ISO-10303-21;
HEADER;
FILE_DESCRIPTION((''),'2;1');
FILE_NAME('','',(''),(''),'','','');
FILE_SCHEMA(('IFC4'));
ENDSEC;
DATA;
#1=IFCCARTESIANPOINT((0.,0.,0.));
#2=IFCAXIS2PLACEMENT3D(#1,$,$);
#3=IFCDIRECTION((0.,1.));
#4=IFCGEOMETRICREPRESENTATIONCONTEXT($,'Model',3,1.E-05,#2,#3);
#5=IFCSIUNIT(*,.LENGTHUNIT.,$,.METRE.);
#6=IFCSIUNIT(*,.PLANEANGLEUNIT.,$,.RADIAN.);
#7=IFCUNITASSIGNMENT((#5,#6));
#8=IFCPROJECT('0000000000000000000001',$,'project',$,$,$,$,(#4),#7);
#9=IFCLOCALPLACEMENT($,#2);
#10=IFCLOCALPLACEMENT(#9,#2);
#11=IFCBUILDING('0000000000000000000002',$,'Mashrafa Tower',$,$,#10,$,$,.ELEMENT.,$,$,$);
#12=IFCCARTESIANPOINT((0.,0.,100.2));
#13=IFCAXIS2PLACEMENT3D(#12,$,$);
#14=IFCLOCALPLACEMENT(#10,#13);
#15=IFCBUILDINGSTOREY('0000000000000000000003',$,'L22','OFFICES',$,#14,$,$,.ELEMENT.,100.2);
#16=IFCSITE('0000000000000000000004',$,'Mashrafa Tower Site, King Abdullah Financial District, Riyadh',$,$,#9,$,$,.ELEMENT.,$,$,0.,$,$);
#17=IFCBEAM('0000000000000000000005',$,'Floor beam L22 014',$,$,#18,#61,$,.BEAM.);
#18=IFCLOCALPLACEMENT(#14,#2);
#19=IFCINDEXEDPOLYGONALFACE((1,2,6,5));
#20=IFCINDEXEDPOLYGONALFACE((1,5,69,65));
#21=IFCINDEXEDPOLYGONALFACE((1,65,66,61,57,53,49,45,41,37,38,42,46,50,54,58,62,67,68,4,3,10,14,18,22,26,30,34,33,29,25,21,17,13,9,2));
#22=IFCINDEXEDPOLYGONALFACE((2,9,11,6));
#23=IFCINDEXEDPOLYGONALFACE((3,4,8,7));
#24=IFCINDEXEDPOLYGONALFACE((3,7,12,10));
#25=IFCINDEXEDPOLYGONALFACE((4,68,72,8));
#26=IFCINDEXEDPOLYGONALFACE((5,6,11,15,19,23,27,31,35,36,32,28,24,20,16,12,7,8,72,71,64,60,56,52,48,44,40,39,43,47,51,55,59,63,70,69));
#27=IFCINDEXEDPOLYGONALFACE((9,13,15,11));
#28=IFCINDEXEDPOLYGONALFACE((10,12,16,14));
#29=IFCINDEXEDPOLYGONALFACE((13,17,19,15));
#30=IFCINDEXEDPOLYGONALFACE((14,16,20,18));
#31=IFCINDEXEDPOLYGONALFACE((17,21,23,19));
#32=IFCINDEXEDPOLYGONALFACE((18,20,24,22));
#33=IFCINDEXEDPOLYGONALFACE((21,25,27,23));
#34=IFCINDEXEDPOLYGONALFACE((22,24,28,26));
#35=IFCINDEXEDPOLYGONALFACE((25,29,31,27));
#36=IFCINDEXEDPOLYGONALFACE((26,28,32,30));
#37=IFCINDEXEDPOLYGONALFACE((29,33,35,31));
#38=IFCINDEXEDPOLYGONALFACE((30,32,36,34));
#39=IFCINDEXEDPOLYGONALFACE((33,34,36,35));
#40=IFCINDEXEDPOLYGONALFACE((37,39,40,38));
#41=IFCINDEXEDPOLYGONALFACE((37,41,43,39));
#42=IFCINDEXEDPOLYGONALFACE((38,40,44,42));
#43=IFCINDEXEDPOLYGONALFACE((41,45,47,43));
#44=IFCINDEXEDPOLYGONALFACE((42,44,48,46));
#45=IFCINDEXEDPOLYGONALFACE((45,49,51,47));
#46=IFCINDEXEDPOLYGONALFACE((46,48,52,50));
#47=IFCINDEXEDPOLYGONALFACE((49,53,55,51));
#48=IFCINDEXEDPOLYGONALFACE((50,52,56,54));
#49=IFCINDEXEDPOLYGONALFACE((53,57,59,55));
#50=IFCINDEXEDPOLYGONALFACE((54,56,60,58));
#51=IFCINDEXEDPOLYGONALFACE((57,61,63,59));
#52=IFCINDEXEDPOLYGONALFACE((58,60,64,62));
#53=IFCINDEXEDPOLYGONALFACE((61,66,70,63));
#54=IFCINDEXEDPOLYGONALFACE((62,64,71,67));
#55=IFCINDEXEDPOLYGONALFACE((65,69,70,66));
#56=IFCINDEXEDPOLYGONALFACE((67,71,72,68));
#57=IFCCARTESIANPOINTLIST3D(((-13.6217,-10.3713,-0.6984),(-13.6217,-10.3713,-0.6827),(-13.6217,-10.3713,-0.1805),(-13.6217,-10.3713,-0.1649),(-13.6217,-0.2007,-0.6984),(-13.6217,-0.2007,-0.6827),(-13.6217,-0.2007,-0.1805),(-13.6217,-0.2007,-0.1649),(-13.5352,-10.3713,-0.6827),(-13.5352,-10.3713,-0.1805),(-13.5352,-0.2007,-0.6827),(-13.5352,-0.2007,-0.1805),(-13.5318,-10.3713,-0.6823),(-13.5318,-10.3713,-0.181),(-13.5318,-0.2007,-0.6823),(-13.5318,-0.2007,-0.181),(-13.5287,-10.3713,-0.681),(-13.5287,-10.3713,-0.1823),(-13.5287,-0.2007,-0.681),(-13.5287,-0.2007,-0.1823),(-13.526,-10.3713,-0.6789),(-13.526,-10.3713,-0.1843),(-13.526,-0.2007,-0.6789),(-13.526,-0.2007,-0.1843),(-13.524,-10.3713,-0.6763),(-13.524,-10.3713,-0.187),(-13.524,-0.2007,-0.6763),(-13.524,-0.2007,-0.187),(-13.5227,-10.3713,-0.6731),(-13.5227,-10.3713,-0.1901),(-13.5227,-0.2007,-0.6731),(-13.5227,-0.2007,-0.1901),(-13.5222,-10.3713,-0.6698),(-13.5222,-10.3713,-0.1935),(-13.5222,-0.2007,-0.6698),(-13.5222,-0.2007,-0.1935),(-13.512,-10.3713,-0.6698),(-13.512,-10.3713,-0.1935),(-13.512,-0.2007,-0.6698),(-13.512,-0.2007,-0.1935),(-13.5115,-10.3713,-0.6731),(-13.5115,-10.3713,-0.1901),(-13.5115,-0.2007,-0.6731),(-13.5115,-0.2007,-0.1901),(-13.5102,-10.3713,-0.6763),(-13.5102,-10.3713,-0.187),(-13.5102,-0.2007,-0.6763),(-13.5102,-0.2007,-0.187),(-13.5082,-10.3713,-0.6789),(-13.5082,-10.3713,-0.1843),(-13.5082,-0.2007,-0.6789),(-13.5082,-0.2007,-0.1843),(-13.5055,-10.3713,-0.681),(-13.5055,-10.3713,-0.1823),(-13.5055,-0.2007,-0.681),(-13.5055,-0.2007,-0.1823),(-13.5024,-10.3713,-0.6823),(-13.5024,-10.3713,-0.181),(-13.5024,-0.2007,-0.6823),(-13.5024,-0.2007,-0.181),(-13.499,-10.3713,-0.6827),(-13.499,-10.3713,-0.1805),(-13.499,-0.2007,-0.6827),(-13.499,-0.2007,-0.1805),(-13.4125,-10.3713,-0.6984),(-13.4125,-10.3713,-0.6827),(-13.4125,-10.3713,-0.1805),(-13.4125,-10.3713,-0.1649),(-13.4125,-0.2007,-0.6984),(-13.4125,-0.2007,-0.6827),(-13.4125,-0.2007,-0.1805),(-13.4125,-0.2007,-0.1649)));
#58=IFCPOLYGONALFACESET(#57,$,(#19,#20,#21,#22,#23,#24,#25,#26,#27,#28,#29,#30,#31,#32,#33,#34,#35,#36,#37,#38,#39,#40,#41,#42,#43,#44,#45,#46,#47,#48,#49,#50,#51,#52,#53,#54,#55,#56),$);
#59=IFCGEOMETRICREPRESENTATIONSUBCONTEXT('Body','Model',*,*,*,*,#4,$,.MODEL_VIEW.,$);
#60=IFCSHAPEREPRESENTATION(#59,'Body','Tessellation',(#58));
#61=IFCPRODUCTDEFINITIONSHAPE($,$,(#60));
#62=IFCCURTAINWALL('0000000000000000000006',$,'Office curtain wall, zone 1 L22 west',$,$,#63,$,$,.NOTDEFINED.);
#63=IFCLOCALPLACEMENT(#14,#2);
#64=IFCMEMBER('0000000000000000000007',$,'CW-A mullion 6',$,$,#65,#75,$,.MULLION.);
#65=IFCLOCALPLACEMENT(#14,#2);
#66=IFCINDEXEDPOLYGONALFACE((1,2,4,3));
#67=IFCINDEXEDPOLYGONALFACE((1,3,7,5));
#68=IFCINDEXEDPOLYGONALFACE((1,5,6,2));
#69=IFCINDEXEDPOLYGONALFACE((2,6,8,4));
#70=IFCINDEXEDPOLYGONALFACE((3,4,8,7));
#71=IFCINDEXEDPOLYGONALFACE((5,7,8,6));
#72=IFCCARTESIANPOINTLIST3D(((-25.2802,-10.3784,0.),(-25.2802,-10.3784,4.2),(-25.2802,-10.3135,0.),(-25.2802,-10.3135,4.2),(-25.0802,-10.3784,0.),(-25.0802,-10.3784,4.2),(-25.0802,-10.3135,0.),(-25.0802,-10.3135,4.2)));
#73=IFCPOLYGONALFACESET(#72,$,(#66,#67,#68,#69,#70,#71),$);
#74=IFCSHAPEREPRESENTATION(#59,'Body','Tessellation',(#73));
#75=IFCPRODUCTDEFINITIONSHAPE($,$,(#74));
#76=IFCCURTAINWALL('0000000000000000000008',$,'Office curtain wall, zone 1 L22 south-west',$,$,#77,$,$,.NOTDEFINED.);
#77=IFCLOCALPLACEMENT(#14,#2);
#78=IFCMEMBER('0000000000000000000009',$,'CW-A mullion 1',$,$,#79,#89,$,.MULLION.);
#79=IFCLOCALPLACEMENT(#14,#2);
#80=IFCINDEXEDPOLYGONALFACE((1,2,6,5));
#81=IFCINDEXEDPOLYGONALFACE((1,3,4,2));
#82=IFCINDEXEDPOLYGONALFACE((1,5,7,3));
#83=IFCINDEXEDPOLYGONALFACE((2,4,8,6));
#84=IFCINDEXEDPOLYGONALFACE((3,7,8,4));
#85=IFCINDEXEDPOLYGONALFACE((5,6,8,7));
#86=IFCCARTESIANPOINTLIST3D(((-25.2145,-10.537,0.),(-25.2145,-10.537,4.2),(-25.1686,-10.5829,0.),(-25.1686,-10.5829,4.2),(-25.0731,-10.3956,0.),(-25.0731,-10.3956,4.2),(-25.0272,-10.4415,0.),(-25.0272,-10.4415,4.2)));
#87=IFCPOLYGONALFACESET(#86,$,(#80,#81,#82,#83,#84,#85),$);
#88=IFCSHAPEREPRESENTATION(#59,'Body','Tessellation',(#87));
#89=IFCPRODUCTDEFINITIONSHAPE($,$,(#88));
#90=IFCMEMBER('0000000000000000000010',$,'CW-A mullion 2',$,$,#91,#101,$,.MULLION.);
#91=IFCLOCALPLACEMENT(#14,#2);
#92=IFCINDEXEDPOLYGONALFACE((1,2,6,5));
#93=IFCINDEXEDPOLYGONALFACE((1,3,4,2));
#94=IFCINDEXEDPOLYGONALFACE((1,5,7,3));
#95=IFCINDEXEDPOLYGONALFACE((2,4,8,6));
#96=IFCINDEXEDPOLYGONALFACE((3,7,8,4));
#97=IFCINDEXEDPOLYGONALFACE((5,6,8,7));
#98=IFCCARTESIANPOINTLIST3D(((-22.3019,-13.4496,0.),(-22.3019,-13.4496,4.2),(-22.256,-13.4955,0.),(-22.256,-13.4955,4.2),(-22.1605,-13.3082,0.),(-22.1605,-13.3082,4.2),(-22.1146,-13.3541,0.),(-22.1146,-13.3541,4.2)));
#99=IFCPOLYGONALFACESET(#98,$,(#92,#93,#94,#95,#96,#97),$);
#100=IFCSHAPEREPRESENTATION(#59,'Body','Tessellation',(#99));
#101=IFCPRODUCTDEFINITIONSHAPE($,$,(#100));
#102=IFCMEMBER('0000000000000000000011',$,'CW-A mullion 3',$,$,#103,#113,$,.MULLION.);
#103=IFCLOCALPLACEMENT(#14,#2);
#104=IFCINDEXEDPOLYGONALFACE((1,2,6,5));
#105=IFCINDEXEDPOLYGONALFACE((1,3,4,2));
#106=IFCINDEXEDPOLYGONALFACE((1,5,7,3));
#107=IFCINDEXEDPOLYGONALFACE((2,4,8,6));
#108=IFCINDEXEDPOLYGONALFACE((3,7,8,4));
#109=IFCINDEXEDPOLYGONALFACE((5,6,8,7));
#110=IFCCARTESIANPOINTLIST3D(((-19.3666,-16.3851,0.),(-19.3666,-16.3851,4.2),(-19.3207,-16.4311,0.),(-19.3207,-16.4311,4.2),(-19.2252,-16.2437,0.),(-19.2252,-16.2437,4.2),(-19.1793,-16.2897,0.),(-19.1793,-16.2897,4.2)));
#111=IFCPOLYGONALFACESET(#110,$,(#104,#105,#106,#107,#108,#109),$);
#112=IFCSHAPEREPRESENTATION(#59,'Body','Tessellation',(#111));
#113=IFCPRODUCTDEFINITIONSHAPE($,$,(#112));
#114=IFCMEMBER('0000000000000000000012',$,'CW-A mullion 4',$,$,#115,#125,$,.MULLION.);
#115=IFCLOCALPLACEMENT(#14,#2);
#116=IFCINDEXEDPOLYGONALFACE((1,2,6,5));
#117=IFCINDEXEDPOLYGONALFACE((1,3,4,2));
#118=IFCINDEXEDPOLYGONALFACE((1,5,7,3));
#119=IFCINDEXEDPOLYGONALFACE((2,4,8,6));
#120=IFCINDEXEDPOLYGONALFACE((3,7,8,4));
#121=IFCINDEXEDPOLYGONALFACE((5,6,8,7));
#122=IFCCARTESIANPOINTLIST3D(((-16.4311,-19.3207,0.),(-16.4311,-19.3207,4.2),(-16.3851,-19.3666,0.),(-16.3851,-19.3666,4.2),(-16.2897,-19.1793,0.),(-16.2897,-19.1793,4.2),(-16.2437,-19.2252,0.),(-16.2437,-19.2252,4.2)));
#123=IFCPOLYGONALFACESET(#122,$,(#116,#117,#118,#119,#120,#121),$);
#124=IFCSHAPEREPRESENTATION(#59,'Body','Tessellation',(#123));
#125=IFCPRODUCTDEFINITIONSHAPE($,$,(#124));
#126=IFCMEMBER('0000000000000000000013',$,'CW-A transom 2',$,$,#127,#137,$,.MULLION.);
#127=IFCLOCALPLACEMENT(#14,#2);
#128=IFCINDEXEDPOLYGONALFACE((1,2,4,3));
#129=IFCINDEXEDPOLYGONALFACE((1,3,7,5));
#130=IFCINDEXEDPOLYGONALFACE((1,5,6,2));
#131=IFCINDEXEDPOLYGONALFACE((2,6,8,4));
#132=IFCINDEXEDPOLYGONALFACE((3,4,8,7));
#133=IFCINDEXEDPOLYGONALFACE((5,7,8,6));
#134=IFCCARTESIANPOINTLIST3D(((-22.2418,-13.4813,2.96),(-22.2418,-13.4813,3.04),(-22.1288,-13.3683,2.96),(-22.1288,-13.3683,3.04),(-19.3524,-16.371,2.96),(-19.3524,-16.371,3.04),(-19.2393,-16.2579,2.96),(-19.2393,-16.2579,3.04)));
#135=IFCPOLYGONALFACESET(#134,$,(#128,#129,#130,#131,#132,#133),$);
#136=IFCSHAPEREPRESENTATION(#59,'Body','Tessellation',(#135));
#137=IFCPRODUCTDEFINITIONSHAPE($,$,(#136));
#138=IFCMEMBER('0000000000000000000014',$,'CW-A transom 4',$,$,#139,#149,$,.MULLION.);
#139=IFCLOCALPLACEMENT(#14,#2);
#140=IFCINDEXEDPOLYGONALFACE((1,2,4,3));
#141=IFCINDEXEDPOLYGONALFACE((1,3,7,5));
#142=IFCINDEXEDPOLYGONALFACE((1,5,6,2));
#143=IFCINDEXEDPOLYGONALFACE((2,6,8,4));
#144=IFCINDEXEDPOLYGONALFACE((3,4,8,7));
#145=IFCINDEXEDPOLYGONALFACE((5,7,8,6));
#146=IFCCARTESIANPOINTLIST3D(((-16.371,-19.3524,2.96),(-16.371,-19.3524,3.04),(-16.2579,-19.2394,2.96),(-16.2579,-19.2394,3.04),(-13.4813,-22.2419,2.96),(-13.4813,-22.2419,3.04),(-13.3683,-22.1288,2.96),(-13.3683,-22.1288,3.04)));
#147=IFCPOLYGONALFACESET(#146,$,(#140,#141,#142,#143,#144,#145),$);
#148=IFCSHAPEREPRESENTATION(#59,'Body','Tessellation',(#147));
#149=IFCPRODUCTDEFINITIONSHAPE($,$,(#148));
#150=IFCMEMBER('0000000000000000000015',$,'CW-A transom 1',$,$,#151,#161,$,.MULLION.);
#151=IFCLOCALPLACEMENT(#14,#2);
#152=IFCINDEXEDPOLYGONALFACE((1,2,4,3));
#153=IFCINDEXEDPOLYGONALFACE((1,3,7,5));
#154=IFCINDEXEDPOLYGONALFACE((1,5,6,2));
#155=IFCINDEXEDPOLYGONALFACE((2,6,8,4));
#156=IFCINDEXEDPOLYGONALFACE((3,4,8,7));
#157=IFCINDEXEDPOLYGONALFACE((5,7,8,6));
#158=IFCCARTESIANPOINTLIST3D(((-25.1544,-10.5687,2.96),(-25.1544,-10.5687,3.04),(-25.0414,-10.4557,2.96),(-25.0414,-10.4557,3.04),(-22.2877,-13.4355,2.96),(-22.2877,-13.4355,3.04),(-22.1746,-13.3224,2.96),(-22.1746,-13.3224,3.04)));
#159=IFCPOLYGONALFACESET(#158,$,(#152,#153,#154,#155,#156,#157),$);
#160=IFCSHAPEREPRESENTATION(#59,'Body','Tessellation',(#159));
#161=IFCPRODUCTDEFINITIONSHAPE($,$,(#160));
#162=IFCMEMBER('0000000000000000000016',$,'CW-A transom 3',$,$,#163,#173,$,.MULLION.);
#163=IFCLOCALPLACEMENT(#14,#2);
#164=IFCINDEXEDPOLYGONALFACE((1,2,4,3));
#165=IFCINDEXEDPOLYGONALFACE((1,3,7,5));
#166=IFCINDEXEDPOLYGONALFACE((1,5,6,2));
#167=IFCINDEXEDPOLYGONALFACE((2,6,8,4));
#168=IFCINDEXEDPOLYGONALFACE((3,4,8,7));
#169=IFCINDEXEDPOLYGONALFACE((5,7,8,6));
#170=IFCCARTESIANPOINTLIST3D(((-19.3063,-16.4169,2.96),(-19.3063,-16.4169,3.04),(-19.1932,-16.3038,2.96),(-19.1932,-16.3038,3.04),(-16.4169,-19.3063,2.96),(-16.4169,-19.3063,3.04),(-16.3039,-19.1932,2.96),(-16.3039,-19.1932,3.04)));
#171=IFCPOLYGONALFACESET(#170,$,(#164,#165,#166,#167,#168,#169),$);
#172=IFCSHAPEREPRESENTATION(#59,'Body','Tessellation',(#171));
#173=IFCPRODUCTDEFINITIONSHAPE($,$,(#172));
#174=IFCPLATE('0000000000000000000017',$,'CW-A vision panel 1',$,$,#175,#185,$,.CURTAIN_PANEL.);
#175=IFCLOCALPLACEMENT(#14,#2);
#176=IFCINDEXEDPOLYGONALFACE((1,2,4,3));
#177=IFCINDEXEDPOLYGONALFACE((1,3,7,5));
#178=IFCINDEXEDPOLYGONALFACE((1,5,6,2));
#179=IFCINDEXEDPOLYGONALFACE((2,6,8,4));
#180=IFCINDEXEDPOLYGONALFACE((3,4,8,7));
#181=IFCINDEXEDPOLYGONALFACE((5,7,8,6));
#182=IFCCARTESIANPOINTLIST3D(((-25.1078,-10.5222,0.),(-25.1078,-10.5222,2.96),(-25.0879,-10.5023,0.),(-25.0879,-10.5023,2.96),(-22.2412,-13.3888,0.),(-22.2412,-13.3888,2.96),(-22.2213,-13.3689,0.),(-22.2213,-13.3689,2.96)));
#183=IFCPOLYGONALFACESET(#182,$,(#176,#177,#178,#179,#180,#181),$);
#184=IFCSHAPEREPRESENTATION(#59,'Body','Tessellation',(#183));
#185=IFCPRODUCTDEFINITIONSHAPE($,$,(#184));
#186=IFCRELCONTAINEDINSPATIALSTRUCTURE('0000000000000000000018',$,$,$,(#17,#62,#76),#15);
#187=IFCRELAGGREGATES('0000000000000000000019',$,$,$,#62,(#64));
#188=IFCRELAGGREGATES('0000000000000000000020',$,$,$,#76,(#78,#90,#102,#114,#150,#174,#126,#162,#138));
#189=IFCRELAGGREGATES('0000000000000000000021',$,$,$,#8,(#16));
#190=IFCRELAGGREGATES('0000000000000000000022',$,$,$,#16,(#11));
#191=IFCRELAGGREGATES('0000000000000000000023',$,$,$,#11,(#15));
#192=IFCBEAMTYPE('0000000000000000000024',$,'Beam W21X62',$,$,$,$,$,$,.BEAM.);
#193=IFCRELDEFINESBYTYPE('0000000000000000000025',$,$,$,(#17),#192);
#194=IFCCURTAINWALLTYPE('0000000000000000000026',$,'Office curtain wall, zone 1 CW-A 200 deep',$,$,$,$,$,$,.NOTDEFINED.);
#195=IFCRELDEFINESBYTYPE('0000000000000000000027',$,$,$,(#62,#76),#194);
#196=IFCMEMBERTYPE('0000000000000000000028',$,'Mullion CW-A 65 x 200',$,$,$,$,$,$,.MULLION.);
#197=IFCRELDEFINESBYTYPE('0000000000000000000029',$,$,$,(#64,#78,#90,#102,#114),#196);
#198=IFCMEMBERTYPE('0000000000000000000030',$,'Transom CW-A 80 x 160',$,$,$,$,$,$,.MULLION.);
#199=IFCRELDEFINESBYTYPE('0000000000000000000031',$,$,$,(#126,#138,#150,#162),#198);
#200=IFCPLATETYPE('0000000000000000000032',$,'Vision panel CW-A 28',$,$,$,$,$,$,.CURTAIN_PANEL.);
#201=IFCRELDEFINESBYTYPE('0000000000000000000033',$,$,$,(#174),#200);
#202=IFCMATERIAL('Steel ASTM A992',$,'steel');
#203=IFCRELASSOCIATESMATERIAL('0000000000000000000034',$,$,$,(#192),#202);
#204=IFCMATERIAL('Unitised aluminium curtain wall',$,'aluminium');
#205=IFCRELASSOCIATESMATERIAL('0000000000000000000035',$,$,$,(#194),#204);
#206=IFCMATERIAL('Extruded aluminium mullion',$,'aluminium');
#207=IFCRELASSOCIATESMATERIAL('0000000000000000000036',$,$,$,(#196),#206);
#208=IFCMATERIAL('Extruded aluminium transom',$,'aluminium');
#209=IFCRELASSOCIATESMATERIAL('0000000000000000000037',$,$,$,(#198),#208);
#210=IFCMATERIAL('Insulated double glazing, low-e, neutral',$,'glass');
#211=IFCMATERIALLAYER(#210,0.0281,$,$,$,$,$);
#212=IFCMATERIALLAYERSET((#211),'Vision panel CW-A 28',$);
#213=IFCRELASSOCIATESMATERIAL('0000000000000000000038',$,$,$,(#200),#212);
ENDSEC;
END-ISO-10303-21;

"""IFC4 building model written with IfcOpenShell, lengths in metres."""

from ifc_helpers import new_model, si_unit, direction, frame, origin, origin_2d, place, context, subcontext, project, spatial, rectangle, i_section, extrude, source, transform, mapped, material, layer, layer_set, material_profile, profile_set, type_object, type_shapes, element, aggregate, save


model = new_model("IFC4")

# Units and contexts
model_context = context("Model", 3, precision=1e-05, world=origin(), true_north=direction((0.0, 1.0)))
body_context = subcontext(model_context, "Body", "Model", "MODEL_VIEW")
ifc_project = project(units=[si_unit("LENGTHUNIT", "METRE"), si_unit("PLANEANGLEUNIT", "RADIAN")], contexts=[model_context])

# Site, building, storey
site_placement = place(None, origin())
site = spatial("IfcSite", under=ifc_project, at=site_placement, Name="Mashrafa Tower Site, King Abdullah Financial District, Riyadh", CompositionType="ELEMENT", RefElevation=0.0)
building_placement = place(site_placement, origin())
building = spatial("IfcBuilding", under=site, at=building_placement, Name="Mashrafa Tower", CompositionType="ELEMENT")
storey_placement = place(building_placement, frame((0.0, 0.0, 100.2)))
storey = spatial("IfcBuildingStorey", under=building, at=storey_placement, Name="L22", Description="OFFICES", CompositionType="ELEMENT", Elevation=100.2)

# Beam
ifc_material_1 = material(Name="Steel ASTM A992", Category="steel")
ifc_material_profile_1 = material_profile(ifc_material_1, i_section(OverallWidth=0.2092, OverallDepth=0.5334, WebThickness=0.0103, FlangeThickness=0.0156, FilletRadius=0.0129, at=origin_2d()), Name="W21X62")
ifc_profile_set_1 = profile_set([ifc_material_profile_1], Name="Steel ASTM A992")
beam_type_1 = type_object("IfcBeamType", Name="Beam W21X62", PredefinedType="BEAM", material=ifc_profile_set_1)
beam_1_placement = place(storey_placement, frame((-13.5171, -10.3713, -0.4316), z_axis=(0.0, 1.0, 0.0), x_axis=(-1.0, 0.0, 0.0)))
element("IfcBeam", 1, at=beam_1_placement, inside=storey, type_object=beam_type_1, Name="Floor beam L22 014", PredefinedType="BEAM", context=body_context, shape_type="SweptSolid", body=[
    extrude(i_section(OverallWidth=0.2092, OverallDepth=0.5334, WebThickness=0.0103, FlangeThickness=0.0156, FilletRadius=0.0129, at=origin_2d()), origin(), (0.0, 0.0, 1.0), 10.1707),
])

# Curtain wall, member
ifc_material_2 = material(Name="Unitised aluminium curtain wall", Category="aluminium")
curtain_wall_type = type_object("IfcCurtainWallType", Name="Office curtain wall, zone 1 CW-A 200 deep", PredefinedType="NOTDEFINED", material=ifc_material_2)
curtain_wall_1_placement = place(storey_placement, origin())
curtain_wall_1 = element("IfcCurtainWall", 2, at=curtain_wall_1_placement, inside=storey, type_object=curtain_wall_type, Name="Office curtain wall, zone 1 L22 west", PredefinedType="NOTDEFINED")
ifc_material_3 = material(Name="Extruded aluminium mullion", Category="aluminium")
ifc_material_profile_2 = material_profile(ifc_material_3, rectangle(XDim=0.2, YDim=0.0649, at=origin_2d()), Name="Mullion 65x200")
ifc_profile_set_2 = profile_set([ifc_material_profile_2], Name="Extruded aluminium mullion")
member_type_1 = type_object("IfcMemberType", Name="Mullion CW-A 65 x 200", PredefinedType="MULLION", material=ifc_profile_set_2)
shared_shape_1 = source(origin(), body_context, "Body", "SweptSolid", [
    extrude(rectangle(XDim=0.2, YDim=0.0649, at=origin_2d()), origin(), (0.0, 0.0, 1.0), 4.2),
])
type_shapes(member_type_1, [shared_shape_1])
member_1_placement = place(storey_placement, frame((-25.1802, -10.3459, 0.0), z_axis=(0.0, 0.0, 1.0), x_axis=(1.0, 0.0, 0.0)))
member_1 = element("IfcMember", 3, at=member_1_placement, type_object=member_type_1, Name="CW-A mullion 6", PredefinedType="MULLION", context=body_context, shape_type="MappedRepresentation", body=[
    mapped(shared_shape_1, transform((0.0, 0.0, 0.0))),
])
aggregate(curtain_wall_1, [member_1])

# Curtain wall, members, plate
curtain_wall_2_placement = place(storey_placement, origin())
curtain_wall_2 = element("IfcCurtainWall", 4, at=curtain_wall_2_placement, inside=storey, type_object=curtain_wall_type, Name="Office curtain wall, zone 1 L22 south-west", PredefinedType="NOTDEFINED")
member_2_placement = place(storey_placement, frame((-25.1208, -10.4893, 0.0), z_axis=(0.0, 0.0, 1.0), x_axis=(0.707107, 0.707107, 0.0)))
member_2 = element("IfcMember", 5, at=member_2_placement, type_object=member_type_1, Name="CW-A mullion 1", PredefinedType="MULLION", context=body_context, shape_type="MappedRepresentation", body=[
    mapped(shared_shape_1, transform((0.0, 0.0, 0.0))),
])
member_3_placement = place(storey_placement, frame((-22.2083, -13.4019, 0.0), z_axis=(0.0, 0.0, 1.0), x_axis=(0.707107, 0.707107, 0.0)))
member_3 = element("IfcMember", 6, at=member_3_placement, type_object=member_type_1, Name="CW-A mullion 2", PredefinedType="MULLION", context=body_context, shape_type="MappedRepresentation", body=[
    mapped(shared_shape_1, transform((0.0, 0.0, 0.0))),
])
member_4_placement = place(storey_placement, frame((-19.2729, -16.3374, 0.0), z_axis=(0.0, 0.0, 1.0), x_axis=(0.707107, 0.707107, 0.0)))
member_4 = element("IfcMember", 7, at=member_4_placement, type_object=member_type_1, Name="CW-A mullion 3", PredefinedType="MULLION", context=body_context, shape_type="MappedRepresentation", body=[
    mapped(shared_shape_1, transform((0.0, 0.0, 0.0))),
])
member_5_placement = place(storey_placement, frame((-16.3374, -19.2729, 0.0), z_axis=(0.0, 0.0, 1.0), x_axis=(0.707107, 0.707107, 0.0)))
member_5 = element("IfcMember", 8, at=member_5_placement, type_object=member_type_1, Name="CW-A mullion 4", PredefinedType="MULLION", context=body_context, shape_type="MappedRepresentation", body=[
    mapped(shared_shape_1, transform((0.0, 0.0, 0.0))),
])
ifc_material_4 = material(Name="Extruded aluminium transom", Category="aluminium")
ifc_material_profile_3 = material_profile(ifc_material_4, rectangle(XDim=0.1599, YDim=0.0801, at=origin_2d()), Name="Transom 80x160")
ifc_profile_set_3 = profile_set([ifc_material_profile_3], Name="Extruded aluminium transom")
member_type_2 = type_object("IfcMemberType", Name="Transom CW-A 80 x 160", PredefinedType="MULLION", material=ifc_profile_set_3)
shared_shape_2 = source(origin(), body_context, "Body", "SweptSolid", [
    extrude(rectangle(XDim=0.1599, YDim=0.0801, at=origin_2d()), origin(), (0.0, 0.0, 1.0), 4.0864),
])
member_6_placement = place(storey_placement, frame((-22.1853, -13.4248, 3.0), z_axis=(0.707077, -0.707137, 0.0), x_axis=(0.707137, 0.707077, 0.0)))
member_6 = element("IfcMember", 9, at=member_6_placement, type_object=member_type_2, Name="CW-A transom 2", PredefinedType="MULLION", context=body_context, shape_type="MappedRepresentation", body=[
    mapped(shared_shape_2, transform((0.0, 0.0, 0.0))),
])
member_7_placement = place(storey_placement, frame((-16.3145, -19.2959, 3.0), z_axis=(0.707137, -0.707077, 0.0), x_axis=(0.707077, 0.707137, 0.0)))
member_7 = element("IfcMember", 10, at=member_7_placement, type_object=member_type_2, Name="CW-A transom 4", PredefinedType="MULLION", context=body_context, shape_type="MappedRepresentation", body=[
    mapped(shared_shape_2, transform((0.0, 0.0, 0.0))),
])
shared_shape_3 = source(origin(), body_context, "Body", "SweptSolid", [
    extrude(rectangle(XDim=0.1599, YDim=0.0801, at=origin_2d()), origin(), (0.0, 0.0, 1.0), 4.0542),
])
member_8_placement = place(storey_placement, frame((-25.0979, -10.5122, 3.0), z_axis=(0.707107, -0.707107, 0.0), x_axis=(0.707107, 0.707107, 0.0)))
member_8 = element("IfcMember", 11, at=member_8_placement, type_object=member_type_2, Name="CW-A transom 1", PredefinedType="MULLION", context=body_context, shape_type="MappedRepresentation", body=[
    mapped(shared_shape_3, transform((0.0, 0.0, 0.0))),
])
shared_shape_4 = source(origin(), body_context, "Body", "SweptSolid", [
    extrude(rectangle(XDim=0.1599, YDim=0.0801, at=origin_2d()), origin(), (0.0, 0.0, 1.0), 4.0862),
])
type_shapes(member_type_2, [shared_shape_2, shared_shape_3, shared_shape_4])
member_9_placement = place(storey_placement, frame((-19.2498, -16.3604, 3.0), z_axis=(0.707107, -0.707107, 0.0), x_axis=(0.707107, 0.707107, 0.0)))
member_9 = element("IfcMember", 12, at=member_9_placement, type_object=member_type_2, Name="CW-A transom 3", PredefinedType="MULLION", context=body_context, shape_type="MappedRepresentation", body=[
    mapped(shared_shape_4, transform((0.0, 0.0, 0.0))),
])
ifc_material_5 = material(Name="Insulated double glazing, low-e, neutral", Category="glass")
ifc_layer_1 = layer(ifc_material_5, 0.0281)
ifc_layer_set_1 = layer_set([ifc_layer_1], Name="Vision panel CW-A 28")
plate_type_1 = type_object("IfcPlateType", Name="Vision panel CW-A 28", PredefinedType="CURTAIN_PANEL", material=ifc_layer_set_1)
shared_shape_5 = source(origin(), body_context, "Body", "SweptSolid", [
    extrude(rectangle(XDim=4.054, YDim=0.0281, at=origin_2d()), origin(), (0.0, 0.0, 1.0), 2.96),
])
plate_1_placement = place(storey_placement, frame((-23.6646, -11.9456, 0.0), z_axis=(0.0, 0.0, 1.0), x_axis=(0.707107, -0.707107, 0.0)))
plate_1 = element("IfcPlate", 13, at=plate_1_placement, type_object=plate_type_1, Name="CW-A vision panel 1", PredefinedType="CURTAIN_PANEL", context=body_context, shape_type="MappedRepresentation", body=[
    mapped(shared_shape_5, transform((0.0, 0.0, 0.0))),
])
aggregate(curtain_wall_2, [member_2, member_3, member_4, member_5, member_8, plate_1, member_6, member_9, member_7])

save(model, "model.ifc")
